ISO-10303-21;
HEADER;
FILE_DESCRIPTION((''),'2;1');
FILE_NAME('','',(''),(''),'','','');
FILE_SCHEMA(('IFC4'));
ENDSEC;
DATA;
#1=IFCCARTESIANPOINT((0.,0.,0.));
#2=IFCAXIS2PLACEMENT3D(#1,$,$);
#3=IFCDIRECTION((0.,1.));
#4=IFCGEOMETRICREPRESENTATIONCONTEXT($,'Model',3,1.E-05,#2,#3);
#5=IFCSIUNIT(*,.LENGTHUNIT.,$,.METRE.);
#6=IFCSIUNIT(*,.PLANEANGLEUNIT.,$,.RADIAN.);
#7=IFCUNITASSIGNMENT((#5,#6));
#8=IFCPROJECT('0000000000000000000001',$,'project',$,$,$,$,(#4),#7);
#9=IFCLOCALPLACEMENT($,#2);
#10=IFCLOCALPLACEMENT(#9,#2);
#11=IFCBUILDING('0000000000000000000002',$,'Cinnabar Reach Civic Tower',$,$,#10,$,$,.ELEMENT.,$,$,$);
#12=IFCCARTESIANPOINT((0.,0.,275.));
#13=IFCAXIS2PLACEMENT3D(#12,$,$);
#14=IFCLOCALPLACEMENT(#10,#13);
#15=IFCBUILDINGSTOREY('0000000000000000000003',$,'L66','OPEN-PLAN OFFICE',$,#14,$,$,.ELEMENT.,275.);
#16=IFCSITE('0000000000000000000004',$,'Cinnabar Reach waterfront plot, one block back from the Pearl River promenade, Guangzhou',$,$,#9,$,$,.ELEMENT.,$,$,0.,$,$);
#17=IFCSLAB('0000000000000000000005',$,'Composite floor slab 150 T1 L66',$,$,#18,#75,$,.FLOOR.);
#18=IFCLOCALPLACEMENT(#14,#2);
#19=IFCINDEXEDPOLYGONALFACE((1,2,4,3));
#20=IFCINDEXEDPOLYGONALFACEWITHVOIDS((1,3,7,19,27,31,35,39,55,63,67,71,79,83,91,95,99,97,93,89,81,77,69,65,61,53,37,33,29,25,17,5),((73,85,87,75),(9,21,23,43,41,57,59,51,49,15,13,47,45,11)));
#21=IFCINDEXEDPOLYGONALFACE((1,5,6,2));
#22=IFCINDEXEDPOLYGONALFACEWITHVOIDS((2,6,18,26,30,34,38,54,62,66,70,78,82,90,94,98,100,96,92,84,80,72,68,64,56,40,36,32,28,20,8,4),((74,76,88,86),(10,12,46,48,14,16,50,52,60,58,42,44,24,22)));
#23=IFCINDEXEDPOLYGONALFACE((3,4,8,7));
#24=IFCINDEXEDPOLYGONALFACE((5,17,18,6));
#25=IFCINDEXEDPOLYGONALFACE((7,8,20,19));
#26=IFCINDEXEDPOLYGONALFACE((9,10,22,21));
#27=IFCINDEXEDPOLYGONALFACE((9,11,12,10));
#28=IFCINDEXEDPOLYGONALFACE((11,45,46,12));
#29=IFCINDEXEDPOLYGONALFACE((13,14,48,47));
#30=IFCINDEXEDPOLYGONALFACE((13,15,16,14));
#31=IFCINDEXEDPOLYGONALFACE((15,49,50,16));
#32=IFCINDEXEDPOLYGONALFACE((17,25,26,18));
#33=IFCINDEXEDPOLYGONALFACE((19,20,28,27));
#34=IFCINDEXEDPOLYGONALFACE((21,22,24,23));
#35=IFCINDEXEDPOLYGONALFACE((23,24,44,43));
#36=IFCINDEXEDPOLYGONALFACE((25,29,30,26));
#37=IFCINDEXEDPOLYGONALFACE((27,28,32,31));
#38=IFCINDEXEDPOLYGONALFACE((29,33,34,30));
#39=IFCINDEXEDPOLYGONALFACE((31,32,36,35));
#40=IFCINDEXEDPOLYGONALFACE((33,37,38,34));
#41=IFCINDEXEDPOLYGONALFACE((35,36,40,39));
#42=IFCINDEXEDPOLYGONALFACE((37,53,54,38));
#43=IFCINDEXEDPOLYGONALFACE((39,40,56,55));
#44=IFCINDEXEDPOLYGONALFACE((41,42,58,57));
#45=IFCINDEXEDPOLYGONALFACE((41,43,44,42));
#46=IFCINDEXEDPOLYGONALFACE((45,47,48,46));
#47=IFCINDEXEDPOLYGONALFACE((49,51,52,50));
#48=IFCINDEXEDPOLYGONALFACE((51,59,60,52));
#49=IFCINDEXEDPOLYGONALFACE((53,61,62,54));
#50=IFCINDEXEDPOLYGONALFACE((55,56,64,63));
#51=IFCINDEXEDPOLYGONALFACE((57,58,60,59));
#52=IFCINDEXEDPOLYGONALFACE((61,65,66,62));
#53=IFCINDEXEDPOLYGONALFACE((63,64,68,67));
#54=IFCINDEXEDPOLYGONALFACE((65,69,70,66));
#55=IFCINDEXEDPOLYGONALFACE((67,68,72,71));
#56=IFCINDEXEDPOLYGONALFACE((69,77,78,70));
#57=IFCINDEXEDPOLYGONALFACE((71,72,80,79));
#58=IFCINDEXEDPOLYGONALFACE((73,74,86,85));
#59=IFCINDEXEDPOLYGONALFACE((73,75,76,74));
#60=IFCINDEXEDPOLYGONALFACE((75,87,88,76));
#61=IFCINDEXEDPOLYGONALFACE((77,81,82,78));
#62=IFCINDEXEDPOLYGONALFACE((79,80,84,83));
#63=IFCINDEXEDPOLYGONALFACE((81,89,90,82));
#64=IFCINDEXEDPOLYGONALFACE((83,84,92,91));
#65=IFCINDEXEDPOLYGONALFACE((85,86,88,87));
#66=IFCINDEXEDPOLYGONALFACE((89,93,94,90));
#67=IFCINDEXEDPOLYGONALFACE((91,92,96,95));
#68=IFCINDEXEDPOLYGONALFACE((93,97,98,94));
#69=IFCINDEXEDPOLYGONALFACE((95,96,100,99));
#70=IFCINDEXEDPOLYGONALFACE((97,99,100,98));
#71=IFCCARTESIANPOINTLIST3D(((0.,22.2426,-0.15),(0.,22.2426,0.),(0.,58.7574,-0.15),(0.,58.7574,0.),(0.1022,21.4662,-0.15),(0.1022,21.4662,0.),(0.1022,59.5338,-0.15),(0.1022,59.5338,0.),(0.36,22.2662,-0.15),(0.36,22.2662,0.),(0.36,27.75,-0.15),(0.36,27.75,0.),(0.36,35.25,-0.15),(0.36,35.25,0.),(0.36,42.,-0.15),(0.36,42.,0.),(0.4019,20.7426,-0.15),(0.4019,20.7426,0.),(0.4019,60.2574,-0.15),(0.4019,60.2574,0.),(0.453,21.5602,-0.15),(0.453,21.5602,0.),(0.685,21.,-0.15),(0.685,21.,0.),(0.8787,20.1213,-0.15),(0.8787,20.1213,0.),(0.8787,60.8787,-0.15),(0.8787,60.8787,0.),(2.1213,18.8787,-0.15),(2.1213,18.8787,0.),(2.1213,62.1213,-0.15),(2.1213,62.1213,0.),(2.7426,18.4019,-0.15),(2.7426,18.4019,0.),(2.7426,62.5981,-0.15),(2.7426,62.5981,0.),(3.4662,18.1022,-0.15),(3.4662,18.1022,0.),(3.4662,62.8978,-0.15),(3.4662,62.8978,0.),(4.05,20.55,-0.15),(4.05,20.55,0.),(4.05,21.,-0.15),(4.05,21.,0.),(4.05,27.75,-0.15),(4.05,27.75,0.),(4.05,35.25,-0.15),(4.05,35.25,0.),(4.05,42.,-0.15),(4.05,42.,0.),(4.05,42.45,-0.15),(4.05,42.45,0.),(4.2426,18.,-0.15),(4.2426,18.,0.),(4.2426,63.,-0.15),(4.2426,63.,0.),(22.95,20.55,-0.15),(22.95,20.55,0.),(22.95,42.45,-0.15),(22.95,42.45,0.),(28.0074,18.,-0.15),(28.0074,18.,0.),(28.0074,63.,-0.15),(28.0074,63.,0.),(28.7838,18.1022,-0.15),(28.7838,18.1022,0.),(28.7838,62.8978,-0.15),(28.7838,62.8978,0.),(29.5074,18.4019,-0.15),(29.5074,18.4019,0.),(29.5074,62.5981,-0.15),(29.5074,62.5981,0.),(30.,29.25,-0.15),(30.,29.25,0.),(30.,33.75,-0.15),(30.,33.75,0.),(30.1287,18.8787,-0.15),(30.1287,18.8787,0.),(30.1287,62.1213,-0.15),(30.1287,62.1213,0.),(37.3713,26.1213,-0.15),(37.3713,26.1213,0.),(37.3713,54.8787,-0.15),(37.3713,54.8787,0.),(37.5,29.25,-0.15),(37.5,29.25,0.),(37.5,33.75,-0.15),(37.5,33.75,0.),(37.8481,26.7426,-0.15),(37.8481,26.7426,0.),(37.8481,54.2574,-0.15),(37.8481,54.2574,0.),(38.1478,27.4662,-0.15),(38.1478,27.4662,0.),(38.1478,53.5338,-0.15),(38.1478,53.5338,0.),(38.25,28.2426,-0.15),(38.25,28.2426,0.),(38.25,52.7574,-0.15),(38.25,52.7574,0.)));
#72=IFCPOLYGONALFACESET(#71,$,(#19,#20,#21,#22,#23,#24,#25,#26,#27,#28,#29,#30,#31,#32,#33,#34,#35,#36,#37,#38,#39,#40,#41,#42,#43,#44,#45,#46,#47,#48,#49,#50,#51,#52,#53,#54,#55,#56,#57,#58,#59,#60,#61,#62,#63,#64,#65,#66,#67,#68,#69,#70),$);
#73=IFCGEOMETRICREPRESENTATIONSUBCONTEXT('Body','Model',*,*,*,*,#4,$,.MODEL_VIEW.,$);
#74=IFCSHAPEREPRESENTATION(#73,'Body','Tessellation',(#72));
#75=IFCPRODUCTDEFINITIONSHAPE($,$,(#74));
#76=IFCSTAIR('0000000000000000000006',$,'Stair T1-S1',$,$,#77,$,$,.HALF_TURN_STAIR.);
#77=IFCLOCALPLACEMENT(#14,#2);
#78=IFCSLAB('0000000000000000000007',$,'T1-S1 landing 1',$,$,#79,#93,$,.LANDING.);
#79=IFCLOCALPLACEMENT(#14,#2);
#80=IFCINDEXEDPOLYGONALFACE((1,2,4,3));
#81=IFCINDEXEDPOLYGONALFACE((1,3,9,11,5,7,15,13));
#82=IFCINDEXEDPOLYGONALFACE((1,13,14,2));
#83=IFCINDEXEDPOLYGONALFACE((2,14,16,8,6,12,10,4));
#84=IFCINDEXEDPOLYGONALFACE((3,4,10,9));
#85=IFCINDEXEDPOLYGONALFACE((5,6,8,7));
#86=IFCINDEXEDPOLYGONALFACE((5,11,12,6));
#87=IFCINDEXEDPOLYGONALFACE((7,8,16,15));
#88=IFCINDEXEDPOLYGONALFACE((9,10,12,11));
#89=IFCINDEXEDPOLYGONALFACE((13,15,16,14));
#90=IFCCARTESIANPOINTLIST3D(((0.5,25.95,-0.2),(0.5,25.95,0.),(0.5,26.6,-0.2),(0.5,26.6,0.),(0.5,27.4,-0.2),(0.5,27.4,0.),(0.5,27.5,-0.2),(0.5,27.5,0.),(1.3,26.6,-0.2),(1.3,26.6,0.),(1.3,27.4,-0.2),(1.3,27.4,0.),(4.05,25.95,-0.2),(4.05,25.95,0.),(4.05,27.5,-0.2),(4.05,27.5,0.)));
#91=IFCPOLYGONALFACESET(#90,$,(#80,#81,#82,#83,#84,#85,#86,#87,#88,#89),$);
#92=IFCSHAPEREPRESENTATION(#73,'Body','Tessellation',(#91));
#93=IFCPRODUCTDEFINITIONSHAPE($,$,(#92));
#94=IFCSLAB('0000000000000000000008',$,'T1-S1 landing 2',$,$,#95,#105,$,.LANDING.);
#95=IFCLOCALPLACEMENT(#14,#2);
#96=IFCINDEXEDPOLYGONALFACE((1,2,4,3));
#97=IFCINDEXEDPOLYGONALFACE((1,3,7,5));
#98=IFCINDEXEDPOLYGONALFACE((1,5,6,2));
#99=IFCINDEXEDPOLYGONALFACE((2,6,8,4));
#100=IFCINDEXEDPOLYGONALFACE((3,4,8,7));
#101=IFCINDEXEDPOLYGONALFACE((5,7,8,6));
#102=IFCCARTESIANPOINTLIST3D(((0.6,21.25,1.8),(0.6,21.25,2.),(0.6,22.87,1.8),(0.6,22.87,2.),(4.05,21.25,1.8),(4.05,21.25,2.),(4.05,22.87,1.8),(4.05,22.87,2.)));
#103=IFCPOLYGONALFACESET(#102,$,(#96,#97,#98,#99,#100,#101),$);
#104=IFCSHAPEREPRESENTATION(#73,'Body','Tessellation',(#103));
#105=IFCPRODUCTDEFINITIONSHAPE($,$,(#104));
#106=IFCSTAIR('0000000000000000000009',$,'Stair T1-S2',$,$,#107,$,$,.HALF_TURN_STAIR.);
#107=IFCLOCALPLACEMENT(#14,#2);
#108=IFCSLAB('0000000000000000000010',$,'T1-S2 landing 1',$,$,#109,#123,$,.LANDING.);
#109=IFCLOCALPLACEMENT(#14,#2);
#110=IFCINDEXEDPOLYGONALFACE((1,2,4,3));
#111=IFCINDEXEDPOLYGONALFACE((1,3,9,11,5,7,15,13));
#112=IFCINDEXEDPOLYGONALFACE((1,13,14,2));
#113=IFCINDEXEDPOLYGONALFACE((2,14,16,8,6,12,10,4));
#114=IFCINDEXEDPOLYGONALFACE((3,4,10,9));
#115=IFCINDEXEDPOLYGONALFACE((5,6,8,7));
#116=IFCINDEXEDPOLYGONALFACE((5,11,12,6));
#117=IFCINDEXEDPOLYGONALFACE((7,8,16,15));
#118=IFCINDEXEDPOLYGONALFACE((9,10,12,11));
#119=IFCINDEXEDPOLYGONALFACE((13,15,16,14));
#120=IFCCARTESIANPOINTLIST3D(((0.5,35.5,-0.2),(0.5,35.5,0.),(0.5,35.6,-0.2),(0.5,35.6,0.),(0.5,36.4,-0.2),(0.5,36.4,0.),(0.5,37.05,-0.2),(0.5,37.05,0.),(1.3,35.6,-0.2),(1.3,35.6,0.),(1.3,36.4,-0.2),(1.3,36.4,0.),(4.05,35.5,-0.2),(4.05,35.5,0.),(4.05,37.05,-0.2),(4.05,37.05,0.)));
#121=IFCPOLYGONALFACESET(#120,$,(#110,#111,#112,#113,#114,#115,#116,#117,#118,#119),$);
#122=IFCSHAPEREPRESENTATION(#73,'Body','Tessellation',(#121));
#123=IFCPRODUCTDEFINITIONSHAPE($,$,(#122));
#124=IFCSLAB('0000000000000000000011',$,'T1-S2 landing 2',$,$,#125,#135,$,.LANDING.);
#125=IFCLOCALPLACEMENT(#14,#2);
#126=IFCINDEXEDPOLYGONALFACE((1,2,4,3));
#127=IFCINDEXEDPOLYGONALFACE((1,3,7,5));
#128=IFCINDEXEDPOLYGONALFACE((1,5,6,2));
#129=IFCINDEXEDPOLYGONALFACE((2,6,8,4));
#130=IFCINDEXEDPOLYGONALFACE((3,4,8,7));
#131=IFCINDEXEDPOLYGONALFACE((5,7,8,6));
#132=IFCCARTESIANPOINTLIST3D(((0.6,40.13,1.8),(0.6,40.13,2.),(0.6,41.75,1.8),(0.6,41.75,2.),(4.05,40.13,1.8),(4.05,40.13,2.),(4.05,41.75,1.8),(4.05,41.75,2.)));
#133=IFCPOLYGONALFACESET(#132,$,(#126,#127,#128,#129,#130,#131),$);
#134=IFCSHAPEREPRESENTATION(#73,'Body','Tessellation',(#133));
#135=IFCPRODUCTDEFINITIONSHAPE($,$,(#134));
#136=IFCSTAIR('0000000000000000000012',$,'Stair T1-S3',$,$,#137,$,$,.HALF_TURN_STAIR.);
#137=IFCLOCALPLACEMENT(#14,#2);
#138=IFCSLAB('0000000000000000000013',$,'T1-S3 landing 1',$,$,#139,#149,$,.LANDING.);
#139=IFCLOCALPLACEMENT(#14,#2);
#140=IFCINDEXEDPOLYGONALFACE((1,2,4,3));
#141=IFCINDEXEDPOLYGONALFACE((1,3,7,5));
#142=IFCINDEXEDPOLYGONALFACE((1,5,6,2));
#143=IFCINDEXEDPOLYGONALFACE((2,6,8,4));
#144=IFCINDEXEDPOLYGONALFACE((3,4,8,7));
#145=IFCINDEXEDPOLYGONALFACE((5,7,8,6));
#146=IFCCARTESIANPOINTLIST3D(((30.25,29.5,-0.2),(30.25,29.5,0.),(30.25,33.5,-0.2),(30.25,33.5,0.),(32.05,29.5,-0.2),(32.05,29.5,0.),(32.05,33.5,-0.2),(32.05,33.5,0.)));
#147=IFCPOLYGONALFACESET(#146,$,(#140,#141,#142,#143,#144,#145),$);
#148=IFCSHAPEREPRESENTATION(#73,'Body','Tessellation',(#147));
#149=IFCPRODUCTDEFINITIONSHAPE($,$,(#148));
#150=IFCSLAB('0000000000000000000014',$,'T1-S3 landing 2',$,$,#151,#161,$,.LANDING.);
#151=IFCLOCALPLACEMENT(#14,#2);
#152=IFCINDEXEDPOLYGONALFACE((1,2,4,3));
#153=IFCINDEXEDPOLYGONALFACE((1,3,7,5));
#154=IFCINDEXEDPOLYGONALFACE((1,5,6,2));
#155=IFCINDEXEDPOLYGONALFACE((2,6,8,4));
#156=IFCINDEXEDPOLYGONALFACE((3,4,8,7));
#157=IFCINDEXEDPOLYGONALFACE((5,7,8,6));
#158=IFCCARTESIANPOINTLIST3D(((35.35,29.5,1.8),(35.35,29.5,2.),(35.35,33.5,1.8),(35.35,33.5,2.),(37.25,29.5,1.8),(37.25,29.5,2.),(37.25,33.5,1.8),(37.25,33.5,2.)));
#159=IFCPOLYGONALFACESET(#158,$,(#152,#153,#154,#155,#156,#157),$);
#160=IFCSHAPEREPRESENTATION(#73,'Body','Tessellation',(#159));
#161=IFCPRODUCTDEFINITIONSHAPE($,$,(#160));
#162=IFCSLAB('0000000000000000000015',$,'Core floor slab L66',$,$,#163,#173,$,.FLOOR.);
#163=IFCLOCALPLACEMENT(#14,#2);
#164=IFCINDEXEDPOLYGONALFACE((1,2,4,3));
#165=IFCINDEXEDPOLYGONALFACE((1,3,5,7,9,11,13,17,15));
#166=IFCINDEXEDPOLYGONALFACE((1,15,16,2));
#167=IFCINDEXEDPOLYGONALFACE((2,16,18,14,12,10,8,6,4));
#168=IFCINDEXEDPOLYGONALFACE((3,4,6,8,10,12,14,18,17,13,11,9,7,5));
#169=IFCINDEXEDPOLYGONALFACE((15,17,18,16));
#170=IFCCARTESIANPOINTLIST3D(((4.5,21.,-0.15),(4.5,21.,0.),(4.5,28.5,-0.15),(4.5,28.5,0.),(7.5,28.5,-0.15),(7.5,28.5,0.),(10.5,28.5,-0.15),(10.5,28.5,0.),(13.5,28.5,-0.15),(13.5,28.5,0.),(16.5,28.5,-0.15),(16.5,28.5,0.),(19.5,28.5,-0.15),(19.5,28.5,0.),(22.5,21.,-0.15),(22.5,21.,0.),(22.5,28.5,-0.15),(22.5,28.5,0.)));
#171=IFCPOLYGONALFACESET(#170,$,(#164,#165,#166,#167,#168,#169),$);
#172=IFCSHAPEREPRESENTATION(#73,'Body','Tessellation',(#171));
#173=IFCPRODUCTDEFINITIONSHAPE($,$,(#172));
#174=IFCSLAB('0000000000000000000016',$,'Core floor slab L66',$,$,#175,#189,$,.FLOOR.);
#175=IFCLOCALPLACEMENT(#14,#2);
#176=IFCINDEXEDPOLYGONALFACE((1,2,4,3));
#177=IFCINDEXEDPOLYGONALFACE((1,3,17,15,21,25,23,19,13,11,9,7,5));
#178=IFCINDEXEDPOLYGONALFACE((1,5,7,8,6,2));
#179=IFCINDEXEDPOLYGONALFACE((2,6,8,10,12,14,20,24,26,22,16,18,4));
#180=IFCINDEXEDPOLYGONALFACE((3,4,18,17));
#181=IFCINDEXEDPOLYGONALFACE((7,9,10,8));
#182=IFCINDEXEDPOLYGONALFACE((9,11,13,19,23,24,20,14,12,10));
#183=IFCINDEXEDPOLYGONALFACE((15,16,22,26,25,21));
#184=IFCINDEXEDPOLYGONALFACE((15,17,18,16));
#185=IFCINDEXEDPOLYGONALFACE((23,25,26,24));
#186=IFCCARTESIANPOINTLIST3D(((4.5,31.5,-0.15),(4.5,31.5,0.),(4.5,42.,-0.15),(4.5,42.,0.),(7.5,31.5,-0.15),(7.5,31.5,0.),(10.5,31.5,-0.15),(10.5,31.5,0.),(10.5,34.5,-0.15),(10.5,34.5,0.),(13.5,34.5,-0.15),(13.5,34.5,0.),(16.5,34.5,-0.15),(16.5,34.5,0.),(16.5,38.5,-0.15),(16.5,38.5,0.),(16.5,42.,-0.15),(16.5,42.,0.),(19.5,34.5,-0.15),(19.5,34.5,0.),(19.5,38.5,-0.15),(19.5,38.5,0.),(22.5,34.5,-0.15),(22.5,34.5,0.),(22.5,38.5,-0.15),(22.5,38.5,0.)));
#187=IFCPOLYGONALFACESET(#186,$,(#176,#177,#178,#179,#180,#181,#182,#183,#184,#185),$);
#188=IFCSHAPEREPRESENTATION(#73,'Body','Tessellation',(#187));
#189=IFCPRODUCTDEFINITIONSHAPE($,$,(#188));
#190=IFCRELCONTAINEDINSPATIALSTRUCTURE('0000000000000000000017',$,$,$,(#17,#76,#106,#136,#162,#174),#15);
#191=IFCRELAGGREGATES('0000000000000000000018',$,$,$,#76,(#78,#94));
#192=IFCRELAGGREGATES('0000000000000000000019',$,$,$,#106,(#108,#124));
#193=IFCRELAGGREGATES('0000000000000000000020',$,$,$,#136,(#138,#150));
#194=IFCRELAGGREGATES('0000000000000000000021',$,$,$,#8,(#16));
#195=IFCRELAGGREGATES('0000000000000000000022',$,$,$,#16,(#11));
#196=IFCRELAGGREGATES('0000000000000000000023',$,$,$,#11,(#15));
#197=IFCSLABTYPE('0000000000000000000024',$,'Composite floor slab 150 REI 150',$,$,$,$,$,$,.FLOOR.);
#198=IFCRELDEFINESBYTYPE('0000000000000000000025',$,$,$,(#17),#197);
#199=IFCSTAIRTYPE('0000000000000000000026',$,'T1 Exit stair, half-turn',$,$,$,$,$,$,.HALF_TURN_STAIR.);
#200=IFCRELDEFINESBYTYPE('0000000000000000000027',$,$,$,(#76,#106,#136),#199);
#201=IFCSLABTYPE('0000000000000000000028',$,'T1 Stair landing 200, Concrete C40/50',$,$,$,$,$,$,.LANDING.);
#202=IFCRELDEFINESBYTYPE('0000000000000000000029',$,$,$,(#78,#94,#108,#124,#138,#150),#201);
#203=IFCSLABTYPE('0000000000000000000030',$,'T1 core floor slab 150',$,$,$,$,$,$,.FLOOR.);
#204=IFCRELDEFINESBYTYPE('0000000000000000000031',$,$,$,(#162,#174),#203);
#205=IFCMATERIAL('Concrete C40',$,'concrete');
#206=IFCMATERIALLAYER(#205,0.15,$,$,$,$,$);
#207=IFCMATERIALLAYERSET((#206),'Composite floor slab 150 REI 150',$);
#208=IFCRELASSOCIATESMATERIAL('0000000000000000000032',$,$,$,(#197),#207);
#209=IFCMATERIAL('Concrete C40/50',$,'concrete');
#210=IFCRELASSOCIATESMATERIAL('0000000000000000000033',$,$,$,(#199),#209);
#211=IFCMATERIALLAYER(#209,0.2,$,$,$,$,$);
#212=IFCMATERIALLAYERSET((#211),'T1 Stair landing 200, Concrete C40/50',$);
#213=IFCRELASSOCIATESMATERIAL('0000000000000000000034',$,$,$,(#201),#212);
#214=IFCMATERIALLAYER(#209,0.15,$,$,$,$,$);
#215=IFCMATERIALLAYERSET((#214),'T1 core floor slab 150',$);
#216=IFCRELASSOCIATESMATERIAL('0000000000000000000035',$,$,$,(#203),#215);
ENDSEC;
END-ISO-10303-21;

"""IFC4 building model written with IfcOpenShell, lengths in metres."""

from ifc_helpers import new_model, si_unit, direction, frame, origin, place, context, subcontext, project, spatial, polyline, outline, extrude, material, layer, layer_set, type_object, element, aggregate, save


model = new_model("IFC4")

# Units and contexts
model_context = context("Model", 3, precision=1e-05, world=origin(), true_north=direction((0.0, 1.0)))
body_context = subcontext(model_context, "Body", "Model", "MODEL_VIEW")
ifc_project = project(units=[si_unit("LENGTHUNIT", "METRE"), si_unit("PLANEANGLEUNIT", "RADIAN")], contexts=[model_context])

# Site, building, storey
site_placement = place(None, origin())
site = spatial("IfcSite", under=ifc_project, at=site_placement, Name="Cinnabar Reach waterfront plot, one block back from the Pearl River promenade, Guangzhou", CompositionType="ELEMENT", RefElevation=0.0)
building_placement = place(site_placement, origin())
building = spatial("IfcBuilding", under=site, at=building_placement, Name="Cinnabar Reach Civic Tower", CompositionType="ELEMENT")
storey_placement = place(building_placement, frame((0.0, 0.0, 275.0)))
storey = spatial("IfcBuildingStorey", under=building, at=storey_placement, Name="L66", Description="OPEN-PLAN OFFICE", CompositionType="ELEMENT", Elevation=275.0)

# Slab
ifc_material_1 = material(Name="Concrete C40", Category="concrete")
ifc_layer_1 = layer(ifc_material_1, 0.15)
ifc_layer_set_1 = layer_set([ifc_layer_1], Name="Composite floor slab 150 REI 150")
slab_type_1 = type_object("IfcSlabType", Name="Composite floor slab 150 REI 150", PredefinedType="FLOOR", material=ifc_layer_set_1)
slab_1_placement = place(storey_placement, frame((0.0, 0.0, -0.15)))
element("IfcSlab", 1, at=slab_1_placement, inside=storey, type_object=slab_type_1, Name="Composite floor slab 150 T1 L66", PredefinedType="FLOOR", context=body_context, shape_type="SweptSolid", body=[
    extrude(outline(polyline([(0.8787, 20.1213), (0.4019, 20.7426), (0.1022, 21.4662), (0.0, 22.2426), (0.0, 58.7574), (0.1022, 59.5338), (0.4019, 60.2574), (0.8787, 60.8787), (2.1213, 62.1213), (2.7426, 62.5981), (3.4662, 62.8978), (4.2426, 63.0), (28.0074, 63.0), (28.7838, 62.8978), (29.5074, 62.5981), (30.1287, 62.1213), (37.3713, 54.8787), (37.8481, 54.2574), (38.1478, 53.5338), (38.25, 52.7574), (38.25, 28.2426), (38.1478, 27.4662), (37.8481, 26.7426), (37.3713, 26.1213), (30.1287, 18.8787), (29.5074, 18.4019), (28.7838, 18.1022), (28.0074, 18.0), (4.2426, 18.0), (3.4662, 18.1022), (2.7426, 18.4019), (2.1213, 18.8787), (0.8787, 20.1213)]), holes=[polyline([(0.685, 21.0), (4.05, 21.0), (4.05, 20.55), (22.95, 20.55), (22.95, 42.45), (4.05, 42.45), (4.05, 42.0), (0.36, 42.0), (0.36, 35.25), (4.05, 35.25), (4.05, 27.75), (0.36, 27.75), (0.36, 22.2662), (0.453, 21.5602), (0.685, 21.0)]), polyline([(30.0, 33.75), (30.0, 29.25), (37.5, 29.25), (37.5, 33.75), (30.0, 33.75)])]), origin(), (0.0, 0.0, 1.0), 0.15),
])

# Stairs, slabs
ifc_material_2 = material(Name="Concrete C40/50", Category="concrete")
stair_type = type_object("IfcStairType", Name="T1 Exit stair, half-turn", PredefinedType="HALF_TURN_STAIR", material=ifc_material_2)
stair_1_placement = place(storey_placement, origin())
stair_1 = element("IfcStair", 2, at=stair_1_placement, inside=storey, type_object=stair_type, Name="Stair T1-S1", PredefinedType="HALF_TURN_STAIR")
ifc_layer_2 = layer(ifc_material_2, 0.2)
ifc_layer_set_2 = layer_set([ifc_layer_2], Name="T1 Stair landing 200, Concrete C40/50")
slab_type_2 = type_object("IfcSlabType", Name="T1 Stair landing 200, Concrete C40/50", PredefinedType="LANDING", material=ifc_layer_set_2)
slab_2_placement = place(storey_placement, frame((0.0, 0.0, -0.2)))
slab_2 = element("IfcSlab", 3, at=slab_2_placement, type_object=slab_type_2, Name="T1-S1 landing 1", PredefinedType="LANDING", context=body_context, shape_type="SweptSolid", body=[
    extrude(outline(polyline([(0.5, 27.5), (4.05, 27.5), (4.05, 25.95), (0.5, 25.95), (0.5, 26.6), (1.3, 26.6), (1.3, 27.4), (0.5, 27.4), (0.5, 27.5)])), origin(), (0.0, 0.0, 1.0), 0.2),
])
slab_3_placement = place(storey_placement, frame((0.0, 0.0, 1.8)))
slab_3 = element("IfcSlab", 4, at=slab_3_placement, type_object=slab_type_2, Name="T1-S1 landing 2", PredefinedType="LANDING", context=body_context, shape_type="SweptSolid", body=[
    extrude(outline(polyline([(0.6, 21.25), (0.6, 22.87), (4.05, 22.87), (4.05, 21.25), (0.6, 21.25)])), origin(), (0.0, 0.0, 1.0), 0.2),
])
aggregate(stair_1, [slab_2, slab_3])
stair_2_placement = place(storey_placement, origin())
stair_2 = element("IfcStair", 5, at=stair_2_placement, inside=storey, type_object=stair_type, Name="Stair T1-S2", PredefinedType="HALF_TURN_STAIR")
slab_4_placement = place(storey_placement, frame((0.0, 0.0, -0.2)))
slab_4 = element("IfcSlab", 6, at=slab_4_placement, type_object=slab_type_2, Name="T1-S2 landing 1", PredefinedType="LANDING", context=body_context, shape_type="SweptSolid", body=[
    extrude(outline(polyline([(0.5, 37.05), (4.05, 37.05), (4.05, 35.5), (0.5, 35.5), (0.5, 35.6), (1.3, 35.6), (1.3, 36.4), (0.5, 36.4), (0.5, 37.05)])), origin(), (0.0, 0.0, 1.0), 0.2),
])
slab_5_placement = place(storey_placement, frame((0.0, 0.0, 1.8)))
slab_5 = element("IfcSlab", 7, at=slab_5_placement, type_object=slab_type_2, Name="T1-S2 landing 2", PredefinedType="LANDING", context=body_context, shape_type="SweptSolid", body=[
    extrude(outline(polyline([(0.6, 40.13), (0.6, 41.75), (4.05, 41.75), (4.05, 40.13), (0.6, 40.13)])), origin(), (0.0, 0.0, 1.0), 0.2),
])
aggregate(stair_2, [slab_4, slab_5])
stair_3_placement = place(storey_placement, origin())
stair_3 = element("IfcStair", 8, at=stair_3_placement, inside=storey, type_object=stair_type, Name="Stair T1-S3", PredefinedType="HALF_TURN_STAIR")
slab_6_placement = place(storey_placement, frame((0.0, 0.0, -0.2)))
slab_6 = element("IfcSlab", 9, at=slab_6_placement, type_object=slab_type_2, Name="T1-S3 landing 1", PredefinedType="LANDING", context=body_context, shape_type="SweptSolid", body=[
    extrude(outline(polyline([(30.25, 29.5), (32.05, 29.5), (32.05, 33.5), (30.25, 33.5), (30.25, 29.5)])), origin(), (0.0, 0.0, 1.0), 0.2),
])
slab_7_placement = place(storey_placement, frame((0.0, 0.0, 1.8)))
slab_7 = element("IfcSlab", 10, at=slab_7_placement, type_object=slab_type_2, Name="T1-S3 landing 2", PredefinedType="LANDING", context=body_context, shape_type="SweptSolid", body=[
    extrude(outline(polyline([(35.35, 29.5), (37.25, 29.5), (37.25, 33.5), (35.35, 33.5), (35.35, 29.5)])), origin(), (0.0, 0.0, 1.0), 0.2),
])
aggregate(stair_3, [slab_6, slab_7])

# Slabs
ifc_layer_3 = layer(ifc_material_2, 0.15)
ifc_layer_set_3 = layer_set([ifc_layer_3], Name="T1 core floor slab 150")
slab_type_3 = type_object("IfcSlabType", Name="T1 core floor slab 150", PredefinedType="FLOOR", material=ifc_layer_set_3)
slab_8_placement = place(storey_placement, frame((0.0, 0.0, -0.15)))
element("IfcSlab", 11, at=slab_8_placement, inside=storey, type_object=slab_type_3, Name="Core floor slab L66", PredefinedType="FLOOR", context=body_context, shape_type="SweptSolid", body=[
    extrude(outline(polyline([(22.5, 21.0), (4.5, 21.0), (4.5, 28.5), (7.5, 28.5), (10.5, 28.5), (13.5, 28.5), (16.5, 28.5), (19.5, 28.5), (22.5, 28.5), (22.5, 21.0)])), origin(), (0.0, 0.0, 1.0), 0.15),
])
slab_9_placement = place(storey_placement, frame((0.0, 0.0, -0.15)))
element("IfcSlab", 12, at=slab_9_placement, inside=storey, type_object=slab_type_3, Name="Core floor slab L66", PredefinedType="FLOOR", context=body_context, shape_type="SweptSolid", body=[
    extrude(outline(polyline([(22.5, 34.5), (19.5, 34.5), (16.5, 34.5), (13.5, 34.5), (10.5, 34.5), (10.5, 31.5), (7.5, 31.5), (4.5, 31.5), (4.5, 42.0), (16.5, 42.0), (16.5, 38.5), (19.5, 38.5), (22.5, 38.5), (22.5, 34.5)])), origin(), (0.0, 0.0, 1.0), 0.15),
])

save(model, "model.ifc")
